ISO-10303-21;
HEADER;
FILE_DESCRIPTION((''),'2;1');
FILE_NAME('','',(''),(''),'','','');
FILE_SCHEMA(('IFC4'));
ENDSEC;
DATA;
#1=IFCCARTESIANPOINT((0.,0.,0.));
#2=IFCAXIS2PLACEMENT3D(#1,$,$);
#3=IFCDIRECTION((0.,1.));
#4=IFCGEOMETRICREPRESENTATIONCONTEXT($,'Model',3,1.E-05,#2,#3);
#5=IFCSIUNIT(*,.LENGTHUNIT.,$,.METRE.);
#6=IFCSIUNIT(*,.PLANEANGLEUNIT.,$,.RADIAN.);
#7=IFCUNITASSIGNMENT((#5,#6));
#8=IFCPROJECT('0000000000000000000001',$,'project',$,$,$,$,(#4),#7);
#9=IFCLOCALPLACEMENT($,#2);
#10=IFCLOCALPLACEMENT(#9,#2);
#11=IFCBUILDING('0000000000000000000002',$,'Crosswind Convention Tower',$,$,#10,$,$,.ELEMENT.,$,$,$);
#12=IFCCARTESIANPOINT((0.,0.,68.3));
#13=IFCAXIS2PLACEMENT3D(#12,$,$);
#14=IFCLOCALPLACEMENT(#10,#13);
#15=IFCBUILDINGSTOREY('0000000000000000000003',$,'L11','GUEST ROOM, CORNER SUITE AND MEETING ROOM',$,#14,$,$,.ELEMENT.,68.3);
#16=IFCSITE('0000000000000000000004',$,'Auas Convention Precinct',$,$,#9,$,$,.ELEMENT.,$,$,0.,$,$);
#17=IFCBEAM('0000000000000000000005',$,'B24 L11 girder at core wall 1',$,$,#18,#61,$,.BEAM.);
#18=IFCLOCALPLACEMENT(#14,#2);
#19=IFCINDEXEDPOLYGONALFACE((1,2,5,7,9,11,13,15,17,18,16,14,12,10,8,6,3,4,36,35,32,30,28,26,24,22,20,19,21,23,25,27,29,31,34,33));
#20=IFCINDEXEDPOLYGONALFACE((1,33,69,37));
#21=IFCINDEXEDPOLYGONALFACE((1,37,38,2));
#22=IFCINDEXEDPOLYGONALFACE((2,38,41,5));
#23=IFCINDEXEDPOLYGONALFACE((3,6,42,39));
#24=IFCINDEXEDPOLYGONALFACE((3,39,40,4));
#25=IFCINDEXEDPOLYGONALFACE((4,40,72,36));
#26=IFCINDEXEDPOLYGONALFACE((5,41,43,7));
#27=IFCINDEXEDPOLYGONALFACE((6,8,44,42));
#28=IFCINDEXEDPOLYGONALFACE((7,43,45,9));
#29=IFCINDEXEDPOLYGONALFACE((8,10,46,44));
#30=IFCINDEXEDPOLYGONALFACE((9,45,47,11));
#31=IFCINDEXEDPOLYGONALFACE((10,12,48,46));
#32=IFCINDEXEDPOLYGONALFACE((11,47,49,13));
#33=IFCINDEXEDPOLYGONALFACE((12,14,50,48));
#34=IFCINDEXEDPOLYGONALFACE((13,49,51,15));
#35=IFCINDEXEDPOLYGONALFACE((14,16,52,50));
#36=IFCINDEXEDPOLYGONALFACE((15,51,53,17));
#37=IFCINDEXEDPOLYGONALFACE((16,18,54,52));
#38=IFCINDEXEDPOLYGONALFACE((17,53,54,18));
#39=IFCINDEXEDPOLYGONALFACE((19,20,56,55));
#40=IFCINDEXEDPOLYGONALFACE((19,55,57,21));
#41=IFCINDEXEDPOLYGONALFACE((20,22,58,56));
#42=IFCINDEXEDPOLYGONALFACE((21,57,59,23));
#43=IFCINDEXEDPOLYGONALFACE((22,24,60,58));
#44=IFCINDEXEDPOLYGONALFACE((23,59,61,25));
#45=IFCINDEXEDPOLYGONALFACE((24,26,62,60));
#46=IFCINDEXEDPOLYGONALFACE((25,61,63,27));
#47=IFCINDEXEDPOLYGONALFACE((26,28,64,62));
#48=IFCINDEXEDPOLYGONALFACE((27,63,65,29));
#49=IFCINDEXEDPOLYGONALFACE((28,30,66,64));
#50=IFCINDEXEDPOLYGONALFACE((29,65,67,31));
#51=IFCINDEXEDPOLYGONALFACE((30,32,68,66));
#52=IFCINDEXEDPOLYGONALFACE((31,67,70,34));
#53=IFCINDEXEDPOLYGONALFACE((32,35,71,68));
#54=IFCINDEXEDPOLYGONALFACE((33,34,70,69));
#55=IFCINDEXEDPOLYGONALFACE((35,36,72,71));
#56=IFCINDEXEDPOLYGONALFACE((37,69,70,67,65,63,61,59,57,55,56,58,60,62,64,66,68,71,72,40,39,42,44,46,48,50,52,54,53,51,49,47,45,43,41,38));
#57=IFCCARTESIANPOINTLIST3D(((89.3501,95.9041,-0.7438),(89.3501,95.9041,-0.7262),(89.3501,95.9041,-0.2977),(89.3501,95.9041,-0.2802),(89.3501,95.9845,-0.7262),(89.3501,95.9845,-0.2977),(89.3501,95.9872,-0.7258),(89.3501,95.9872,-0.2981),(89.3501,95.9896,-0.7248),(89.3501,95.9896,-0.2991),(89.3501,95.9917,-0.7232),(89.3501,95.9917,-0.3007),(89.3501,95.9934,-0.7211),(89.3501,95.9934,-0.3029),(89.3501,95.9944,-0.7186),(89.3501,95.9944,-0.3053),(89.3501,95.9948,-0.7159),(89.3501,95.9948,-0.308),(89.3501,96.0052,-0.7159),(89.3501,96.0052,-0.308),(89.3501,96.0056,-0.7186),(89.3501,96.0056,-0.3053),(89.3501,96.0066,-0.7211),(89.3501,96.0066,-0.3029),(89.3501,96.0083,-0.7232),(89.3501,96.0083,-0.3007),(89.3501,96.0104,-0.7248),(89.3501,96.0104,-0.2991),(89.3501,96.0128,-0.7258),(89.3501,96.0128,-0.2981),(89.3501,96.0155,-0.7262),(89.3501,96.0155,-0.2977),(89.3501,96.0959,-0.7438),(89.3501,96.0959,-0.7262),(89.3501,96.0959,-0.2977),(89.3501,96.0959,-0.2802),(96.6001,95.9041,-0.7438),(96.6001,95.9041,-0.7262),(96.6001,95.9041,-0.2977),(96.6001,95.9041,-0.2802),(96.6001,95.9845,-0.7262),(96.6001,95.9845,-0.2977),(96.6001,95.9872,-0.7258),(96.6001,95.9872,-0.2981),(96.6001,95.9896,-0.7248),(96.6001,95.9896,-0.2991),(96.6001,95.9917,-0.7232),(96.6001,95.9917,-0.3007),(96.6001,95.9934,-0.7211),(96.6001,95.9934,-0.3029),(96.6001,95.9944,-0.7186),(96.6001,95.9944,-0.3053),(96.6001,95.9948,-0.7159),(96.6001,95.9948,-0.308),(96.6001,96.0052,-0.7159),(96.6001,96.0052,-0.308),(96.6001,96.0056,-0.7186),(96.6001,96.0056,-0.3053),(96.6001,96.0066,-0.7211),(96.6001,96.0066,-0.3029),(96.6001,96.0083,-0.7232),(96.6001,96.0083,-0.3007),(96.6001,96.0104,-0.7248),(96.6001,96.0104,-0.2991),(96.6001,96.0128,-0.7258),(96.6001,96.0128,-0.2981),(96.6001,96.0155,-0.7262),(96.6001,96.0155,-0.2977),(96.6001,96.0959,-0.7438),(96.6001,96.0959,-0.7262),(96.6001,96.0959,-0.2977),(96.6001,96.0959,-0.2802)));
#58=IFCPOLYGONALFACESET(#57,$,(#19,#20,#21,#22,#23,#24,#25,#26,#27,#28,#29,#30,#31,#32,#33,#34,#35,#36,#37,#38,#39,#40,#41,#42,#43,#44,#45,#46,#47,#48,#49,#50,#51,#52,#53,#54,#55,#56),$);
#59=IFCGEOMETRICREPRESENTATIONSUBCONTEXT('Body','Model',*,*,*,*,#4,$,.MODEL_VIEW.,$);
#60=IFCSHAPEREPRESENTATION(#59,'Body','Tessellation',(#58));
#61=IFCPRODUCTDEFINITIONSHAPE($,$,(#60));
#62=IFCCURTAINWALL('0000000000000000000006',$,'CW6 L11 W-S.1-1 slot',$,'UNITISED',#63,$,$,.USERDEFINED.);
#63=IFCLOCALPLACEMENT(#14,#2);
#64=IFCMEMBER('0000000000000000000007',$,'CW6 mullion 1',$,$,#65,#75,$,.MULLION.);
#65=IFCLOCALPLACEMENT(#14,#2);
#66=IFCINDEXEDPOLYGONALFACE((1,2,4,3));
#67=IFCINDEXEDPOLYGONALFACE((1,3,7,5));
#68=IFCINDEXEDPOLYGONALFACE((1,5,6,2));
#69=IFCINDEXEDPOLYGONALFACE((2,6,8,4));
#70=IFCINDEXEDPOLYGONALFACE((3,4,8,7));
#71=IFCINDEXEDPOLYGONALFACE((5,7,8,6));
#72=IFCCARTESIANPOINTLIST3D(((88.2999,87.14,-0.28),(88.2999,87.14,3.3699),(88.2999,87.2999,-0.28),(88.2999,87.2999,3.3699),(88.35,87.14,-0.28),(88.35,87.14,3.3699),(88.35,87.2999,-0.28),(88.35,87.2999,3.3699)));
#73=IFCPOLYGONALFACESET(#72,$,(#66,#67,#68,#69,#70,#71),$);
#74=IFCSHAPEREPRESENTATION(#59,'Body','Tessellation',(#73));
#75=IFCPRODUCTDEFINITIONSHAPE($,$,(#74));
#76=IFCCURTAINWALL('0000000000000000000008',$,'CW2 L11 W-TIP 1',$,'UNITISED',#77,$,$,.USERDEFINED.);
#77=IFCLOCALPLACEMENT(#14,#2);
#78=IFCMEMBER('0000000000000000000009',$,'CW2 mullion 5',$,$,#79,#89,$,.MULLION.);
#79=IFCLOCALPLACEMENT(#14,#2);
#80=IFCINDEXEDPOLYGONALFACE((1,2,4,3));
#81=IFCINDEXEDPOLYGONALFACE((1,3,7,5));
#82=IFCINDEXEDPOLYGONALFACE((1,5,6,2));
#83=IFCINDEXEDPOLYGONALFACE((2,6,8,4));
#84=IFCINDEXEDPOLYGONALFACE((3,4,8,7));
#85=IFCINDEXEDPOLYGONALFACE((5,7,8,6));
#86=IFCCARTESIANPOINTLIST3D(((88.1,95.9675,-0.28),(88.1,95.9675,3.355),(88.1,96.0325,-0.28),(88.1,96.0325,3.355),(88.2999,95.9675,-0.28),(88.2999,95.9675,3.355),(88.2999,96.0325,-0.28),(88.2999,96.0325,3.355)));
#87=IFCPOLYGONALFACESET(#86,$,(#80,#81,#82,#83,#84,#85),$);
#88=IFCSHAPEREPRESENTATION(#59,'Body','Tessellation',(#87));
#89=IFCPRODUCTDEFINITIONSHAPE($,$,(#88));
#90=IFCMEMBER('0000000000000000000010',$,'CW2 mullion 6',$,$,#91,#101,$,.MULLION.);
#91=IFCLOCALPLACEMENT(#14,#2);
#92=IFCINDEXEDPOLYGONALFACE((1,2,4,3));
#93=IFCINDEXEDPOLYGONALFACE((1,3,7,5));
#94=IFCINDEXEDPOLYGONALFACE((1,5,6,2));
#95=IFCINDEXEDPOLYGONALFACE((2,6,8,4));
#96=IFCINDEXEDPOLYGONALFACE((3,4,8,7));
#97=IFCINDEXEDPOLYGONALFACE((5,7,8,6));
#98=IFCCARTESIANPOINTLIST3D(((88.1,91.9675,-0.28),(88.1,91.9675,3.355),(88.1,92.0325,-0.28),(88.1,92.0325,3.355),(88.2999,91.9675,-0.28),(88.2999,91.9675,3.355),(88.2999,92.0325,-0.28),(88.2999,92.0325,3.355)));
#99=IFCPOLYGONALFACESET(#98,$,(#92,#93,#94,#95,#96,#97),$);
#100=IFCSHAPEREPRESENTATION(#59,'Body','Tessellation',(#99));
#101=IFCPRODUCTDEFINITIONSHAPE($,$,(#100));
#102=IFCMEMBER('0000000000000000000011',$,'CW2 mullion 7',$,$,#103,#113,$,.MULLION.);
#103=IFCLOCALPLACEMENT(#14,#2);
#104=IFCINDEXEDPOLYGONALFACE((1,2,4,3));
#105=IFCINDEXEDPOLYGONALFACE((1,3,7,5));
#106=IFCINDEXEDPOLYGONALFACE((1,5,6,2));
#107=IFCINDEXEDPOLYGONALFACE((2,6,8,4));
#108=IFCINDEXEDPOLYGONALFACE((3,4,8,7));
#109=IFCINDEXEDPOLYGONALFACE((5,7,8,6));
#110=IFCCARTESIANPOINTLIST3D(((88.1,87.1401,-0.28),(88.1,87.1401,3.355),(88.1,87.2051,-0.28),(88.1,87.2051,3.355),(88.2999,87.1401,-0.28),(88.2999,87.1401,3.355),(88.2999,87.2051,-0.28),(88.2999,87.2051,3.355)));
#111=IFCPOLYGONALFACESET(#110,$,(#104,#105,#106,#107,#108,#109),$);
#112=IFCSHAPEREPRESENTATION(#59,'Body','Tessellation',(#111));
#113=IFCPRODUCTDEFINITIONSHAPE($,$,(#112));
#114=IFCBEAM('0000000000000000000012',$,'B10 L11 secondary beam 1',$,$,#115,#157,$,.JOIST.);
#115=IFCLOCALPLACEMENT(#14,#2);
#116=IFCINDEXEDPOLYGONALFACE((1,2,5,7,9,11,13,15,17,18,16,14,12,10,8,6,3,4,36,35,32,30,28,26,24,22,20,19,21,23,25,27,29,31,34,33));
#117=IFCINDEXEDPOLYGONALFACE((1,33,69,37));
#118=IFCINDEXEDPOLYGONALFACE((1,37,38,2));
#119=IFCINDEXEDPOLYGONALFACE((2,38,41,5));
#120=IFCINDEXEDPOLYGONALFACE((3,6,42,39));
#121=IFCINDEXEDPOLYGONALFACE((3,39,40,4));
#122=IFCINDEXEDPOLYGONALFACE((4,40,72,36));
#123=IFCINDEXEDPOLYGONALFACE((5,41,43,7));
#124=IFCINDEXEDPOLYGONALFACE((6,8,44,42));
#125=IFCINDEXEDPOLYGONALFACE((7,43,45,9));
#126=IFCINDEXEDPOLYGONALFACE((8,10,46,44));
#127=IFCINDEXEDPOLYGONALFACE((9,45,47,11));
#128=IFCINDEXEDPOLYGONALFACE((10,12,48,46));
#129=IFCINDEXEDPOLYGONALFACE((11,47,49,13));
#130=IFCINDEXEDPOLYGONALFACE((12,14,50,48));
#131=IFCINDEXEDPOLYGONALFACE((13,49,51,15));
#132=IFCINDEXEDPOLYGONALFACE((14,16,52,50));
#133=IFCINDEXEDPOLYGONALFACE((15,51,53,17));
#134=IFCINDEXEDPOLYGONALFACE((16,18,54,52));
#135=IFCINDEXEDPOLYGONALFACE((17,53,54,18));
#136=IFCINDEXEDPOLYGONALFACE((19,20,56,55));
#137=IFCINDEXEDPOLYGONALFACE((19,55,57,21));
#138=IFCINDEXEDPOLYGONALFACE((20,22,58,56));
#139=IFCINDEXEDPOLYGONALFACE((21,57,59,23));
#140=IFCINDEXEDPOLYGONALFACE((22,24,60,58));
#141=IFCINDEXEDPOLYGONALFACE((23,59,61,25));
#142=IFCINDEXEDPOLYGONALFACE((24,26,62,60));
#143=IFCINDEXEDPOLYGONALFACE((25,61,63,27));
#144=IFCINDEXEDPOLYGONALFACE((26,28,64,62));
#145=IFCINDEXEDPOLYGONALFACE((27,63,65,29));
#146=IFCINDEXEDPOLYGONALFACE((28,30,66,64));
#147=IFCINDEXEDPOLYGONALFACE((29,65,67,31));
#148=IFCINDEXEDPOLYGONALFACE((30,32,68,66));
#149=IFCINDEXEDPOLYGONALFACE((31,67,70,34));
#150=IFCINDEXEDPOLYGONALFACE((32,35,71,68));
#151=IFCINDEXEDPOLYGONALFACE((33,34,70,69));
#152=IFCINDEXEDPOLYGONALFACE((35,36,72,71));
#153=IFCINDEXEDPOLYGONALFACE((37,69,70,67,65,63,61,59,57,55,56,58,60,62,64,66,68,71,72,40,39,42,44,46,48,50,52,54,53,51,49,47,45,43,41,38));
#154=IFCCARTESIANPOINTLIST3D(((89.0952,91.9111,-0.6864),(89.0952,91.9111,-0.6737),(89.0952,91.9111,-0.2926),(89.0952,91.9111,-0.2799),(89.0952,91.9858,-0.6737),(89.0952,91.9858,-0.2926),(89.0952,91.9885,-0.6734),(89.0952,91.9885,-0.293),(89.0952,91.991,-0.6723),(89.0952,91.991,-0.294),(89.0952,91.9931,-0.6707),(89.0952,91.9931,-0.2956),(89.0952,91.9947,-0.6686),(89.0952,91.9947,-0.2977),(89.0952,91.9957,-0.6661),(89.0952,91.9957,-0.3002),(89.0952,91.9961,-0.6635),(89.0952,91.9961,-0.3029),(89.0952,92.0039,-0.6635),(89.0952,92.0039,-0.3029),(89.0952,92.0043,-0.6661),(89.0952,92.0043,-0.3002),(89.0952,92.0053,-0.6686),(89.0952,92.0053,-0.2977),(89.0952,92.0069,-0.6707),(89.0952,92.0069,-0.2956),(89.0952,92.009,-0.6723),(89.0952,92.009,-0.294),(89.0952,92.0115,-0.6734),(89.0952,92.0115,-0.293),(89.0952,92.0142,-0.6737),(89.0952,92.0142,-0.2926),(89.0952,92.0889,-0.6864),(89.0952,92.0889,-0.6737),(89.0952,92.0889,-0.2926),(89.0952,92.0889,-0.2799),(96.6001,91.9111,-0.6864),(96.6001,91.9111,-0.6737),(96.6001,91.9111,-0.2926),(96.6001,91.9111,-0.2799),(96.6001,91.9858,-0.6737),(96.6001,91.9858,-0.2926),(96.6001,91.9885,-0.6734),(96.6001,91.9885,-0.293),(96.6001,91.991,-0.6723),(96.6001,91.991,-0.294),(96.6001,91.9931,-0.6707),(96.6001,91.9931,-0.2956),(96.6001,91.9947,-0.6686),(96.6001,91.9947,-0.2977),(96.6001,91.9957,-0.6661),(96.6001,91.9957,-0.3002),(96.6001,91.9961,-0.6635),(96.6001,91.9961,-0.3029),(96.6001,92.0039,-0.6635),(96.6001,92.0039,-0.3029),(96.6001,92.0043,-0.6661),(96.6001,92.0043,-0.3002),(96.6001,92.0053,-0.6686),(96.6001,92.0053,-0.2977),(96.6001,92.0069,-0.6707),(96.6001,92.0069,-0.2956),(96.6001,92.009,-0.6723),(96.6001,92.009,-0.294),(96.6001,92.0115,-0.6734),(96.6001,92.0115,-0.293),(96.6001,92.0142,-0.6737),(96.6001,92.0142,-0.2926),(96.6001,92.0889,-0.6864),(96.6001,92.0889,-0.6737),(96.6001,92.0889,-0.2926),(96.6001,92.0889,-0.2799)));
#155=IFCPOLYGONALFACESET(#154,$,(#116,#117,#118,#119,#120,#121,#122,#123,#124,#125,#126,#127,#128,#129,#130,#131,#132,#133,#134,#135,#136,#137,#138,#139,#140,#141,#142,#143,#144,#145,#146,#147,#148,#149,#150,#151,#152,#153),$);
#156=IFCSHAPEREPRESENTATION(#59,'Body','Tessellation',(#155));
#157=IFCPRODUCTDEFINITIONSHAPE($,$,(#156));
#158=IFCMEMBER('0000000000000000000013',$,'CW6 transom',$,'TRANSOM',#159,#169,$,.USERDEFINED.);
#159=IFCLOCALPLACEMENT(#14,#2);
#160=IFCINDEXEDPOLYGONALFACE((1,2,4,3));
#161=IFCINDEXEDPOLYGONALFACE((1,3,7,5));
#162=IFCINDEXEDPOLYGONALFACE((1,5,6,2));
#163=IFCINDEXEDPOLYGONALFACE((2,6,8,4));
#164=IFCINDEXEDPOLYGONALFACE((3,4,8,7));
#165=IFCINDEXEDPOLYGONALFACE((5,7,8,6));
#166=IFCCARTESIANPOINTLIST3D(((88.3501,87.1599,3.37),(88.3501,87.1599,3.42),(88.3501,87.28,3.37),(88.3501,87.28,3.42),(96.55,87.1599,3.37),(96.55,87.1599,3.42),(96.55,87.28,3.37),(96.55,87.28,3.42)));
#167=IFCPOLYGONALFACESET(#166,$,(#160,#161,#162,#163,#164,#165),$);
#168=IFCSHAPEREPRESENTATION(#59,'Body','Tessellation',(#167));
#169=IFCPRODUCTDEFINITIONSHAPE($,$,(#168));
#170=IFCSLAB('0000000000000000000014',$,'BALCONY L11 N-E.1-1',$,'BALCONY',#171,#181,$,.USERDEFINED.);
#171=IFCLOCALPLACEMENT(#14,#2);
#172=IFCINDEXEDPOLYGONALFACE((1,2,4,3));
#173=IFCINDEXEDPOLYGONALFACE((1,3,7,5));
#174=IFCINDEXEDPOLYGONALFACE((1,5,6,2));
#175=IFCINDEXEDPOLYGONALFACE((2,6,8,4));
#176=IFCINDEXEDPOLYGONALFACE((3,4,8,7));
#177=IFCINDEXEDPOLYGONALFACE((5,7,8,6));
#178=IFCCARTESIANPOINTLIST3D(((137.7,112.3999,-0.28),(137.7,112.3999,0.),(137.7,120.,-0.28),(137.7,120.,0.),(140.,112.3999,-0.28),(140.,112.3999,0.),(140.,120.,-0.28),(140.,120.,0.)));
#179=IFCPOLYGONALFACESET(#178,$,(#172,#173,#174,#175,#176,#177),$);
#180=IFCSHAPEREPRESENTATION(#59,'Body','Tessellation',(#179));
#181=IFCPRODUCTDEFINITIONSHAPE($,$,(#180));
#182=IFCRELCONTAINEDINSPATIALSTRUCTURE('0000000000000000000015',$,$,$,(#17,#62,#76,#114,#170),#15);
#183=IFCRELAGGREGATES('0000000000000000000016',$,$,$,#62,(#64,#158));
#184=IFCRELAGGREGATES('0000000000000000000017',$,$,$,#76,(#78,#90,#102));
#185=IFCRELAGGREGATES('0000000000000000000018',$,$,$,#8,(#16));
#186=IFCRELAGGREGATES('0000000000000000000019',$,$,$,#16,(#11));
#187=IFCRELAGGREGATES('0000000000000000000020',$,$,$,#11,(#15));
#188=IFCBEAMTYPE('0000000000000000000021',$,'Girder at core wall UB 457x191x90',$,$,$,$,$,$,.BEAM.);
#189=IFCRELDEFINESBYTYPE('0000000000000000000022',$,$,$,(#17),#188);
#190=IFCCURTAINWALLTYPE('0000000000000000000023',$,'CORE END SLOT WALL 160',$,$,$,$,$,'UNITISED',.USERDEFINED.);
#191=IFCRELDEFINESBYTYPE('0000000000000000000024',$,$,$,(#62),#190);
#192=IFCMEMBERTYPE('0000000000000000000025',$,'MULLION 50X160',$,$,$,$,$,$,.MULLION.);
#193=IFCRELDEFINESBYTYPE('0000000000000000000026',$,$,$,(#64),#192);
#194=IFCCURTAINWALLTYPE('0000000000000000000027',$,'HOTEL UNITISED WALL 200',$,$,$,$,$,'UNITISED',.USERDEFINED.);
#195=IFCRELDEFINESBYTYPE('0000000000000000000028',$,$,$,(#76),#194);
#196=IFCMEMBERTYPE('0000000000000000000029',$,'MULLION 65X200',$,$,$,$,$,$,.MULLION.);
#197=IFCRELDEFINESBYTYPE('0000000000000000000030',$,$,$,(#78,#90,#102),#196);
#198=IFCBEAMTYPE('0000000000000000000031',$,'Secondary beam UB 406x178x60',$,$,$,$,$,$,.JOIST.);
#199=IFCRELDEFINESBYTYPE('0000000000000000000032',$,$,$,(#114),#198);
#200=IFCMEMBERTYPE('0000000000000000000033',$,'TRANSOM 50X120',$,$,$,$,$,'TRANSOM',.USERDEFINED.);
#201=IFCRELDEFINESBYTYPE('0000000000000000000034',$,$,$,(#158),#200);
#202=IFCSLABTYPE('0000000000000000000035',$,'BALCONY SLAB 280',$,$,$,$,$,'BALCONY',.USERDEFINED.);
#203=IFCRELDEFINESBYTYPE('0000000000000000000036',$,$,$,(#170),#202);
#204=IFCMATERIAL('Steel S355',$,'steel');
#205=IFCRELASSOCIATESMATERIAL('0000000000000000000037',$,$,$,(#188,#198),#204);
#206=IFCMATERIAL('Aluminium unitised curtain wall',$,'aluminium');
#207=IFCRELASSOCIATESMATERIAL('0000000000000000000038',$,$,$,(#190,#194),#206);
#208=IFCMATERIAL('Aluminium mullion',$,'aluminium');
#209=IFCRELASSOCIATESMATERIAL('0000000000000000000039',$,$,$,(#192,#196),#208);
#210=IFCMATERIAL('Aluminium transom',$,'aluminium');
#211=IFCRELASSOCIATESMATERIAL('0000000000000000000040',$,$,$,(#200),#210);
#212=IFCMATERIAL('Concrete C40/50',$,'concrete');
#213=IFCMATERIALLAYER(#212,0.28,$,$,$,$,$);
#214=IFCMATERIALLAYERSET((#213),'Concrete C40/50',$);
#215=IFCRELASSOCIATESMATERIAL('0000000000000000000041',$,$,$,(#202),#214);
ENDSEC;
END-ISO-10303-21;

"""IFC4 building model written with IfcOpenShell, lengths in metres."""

from ifc_helpers import new_model, si_unit, direction, frame, origin, origin_2d, place, context, subcontext, project, spatial, polyline, rectangle, i_section, outline, extrude, material, layer, layer_set, material_profile, profile_set, type_object, element, aggregate, save


model = new_model("IFC4")

# Units and contexts
model_context = context("Model", 3, precision=1e-05, world=origin(), true_north=direction((0.0, 1.0)))
body_context = subcontext(model_context, "Body", "Model", "MODEL_VIEW")
ifc_project = project(units=[si_unit("LENGTHUNIT", "METRE"), si_unit("PLANEANGLEUNIT", "RADIAN")], contexts=[model_context])

# Site, building, storey
site_placement = place(None, origin())
site = spatial("IfcSite", under=ifc_project, at=site_placement, Name="Auas Convention Precinct", CompositionType="ELEMENT", RefElevation=0.0)
building_placement = place(site_placement, origin())
building = spatial("IfcBuilding", under=site, at=building_placement, Name="Crosswind Convention Tower", CompositionType="ELEMENT")
storey_placement = place(building_placement, frame((0.0, 0.0, 68.3)))
storey = spatial("IfcBuildingStorey", under=building, at=storey_placement, Name="L11", Description="GUEST ROOM, CORNER SUITE AND MEETING ROOM", CompositionType="ELEMENT", Elevation=68.3)

# Beam
ifc_material_1 = material(Name="Steel S355", Category="steel")
ifc_material_profile_1 = material_profile(ifc_material_1, i_section(OverallWidth=0.1919, OverallDepth=0.4636, WebThickness=0.0105, FlangeThickness=0.0176, FilletRadius=0.0103, at=origin_2d()), Name="UB 457x191x90")
ifc_profile_set_1 = profile_set([ifc_material_profile_1], Name="Steel S355")
beam_type_1 = type_object("IfcBeamType", Name="Girder at core wall UB 457x191x90", PredefinedType="BEAM", material=ifc_profile_set_1)
beam_1_placement = place(storey_placement, frame((89.3501, 96.0, -0.512), z_axis=(1.0, 0.0, 0.0), x_axis=(0.0, 1.0, 0.0)))
element("IfcBeam", 1, at=beam_1_placement, inside=storey, type_object=beam_type_1, Name="B24 L11 girder at core wall 1", PredefinedType="BEAM", context=body_context, shape_type="SweptSolid", body=[
    extrude(i_section(OverallWidth=0.1919, OverallDepth=0.4636, WebThickness=0.0105, FlangeThickness=0.0176, FilletRadius=0.0103, at=origin_2d()), origin(), (0.0, 0.0, 1.0), 7.25),
])

# Curtain wall, member
ifc_material_2 = material(Name="Aluminium unitised curtain wall", Category="aluminium")
curtain_wall_type_1 = type_object("IfcCurtainWallType", Name="CORE END SLOT WALL 160", ElementType="UNITISED", PredefinedType="USERDEFINED", material=ifc_material_2)
curtain_wall_1_placement = place(storey_placement, origin())
curtain_wall_1 = element("IfcCurtainWall", 2, at=curtain_wall_1_placement, inside=storey, type_object=curtain_wall_type_1, Name="CW6 L11 W-S.1-1 slot", ObjectType="UNITISED", PredefinedType="USERDEFINED")
ifc_material_3 = material(Name="Aluminium mullion", Category="aluminium")
ifc_material_profile_2 = material_profile(ifc_material_3, rectangle(XDim=0.1599, YDim=0.05, at=origin_2d()), Name="AL 160X50")
ifc_profile_set_2 = profile_set([ifc_material_profile_2], Name="Aluminium mullion")
member_type_1 = type_object("IfcMemberType", Name="MULLION 50X160", PredefinedType="MULLION", material=ifc_profile_set_2)
member_1_placement = place(storey_placement, frame((88.325, 87.22, -0.28), z_axis=(0.0, 0.0, 1.0), x_axis=(0.0, -1.0, 0.0)))
member_1 = element("IfcMember", 3, at=member_1_placement, type_object=member_type_1, Name="CW6 mullion 1", PredefinedType="MULLION", context=body_context, shape_type="SweptSolid", body=[
    extrude(rectangle(XDim=0.1599, YDim=0.05, at=origin_2d()), origin(), (0.0, 0.0, 1.0), 3.6499),
])

# Curtain wall, members
curtain_wall_type_2 = type_object("IfcCurtainWallType", Name="HOTEL UNITISED WALL 200", ElementType="UNITISED", PredefinedType="USERDEFINED", material=ifc_material_2)
curtain_wall_2_placement = place(storey_placement, origin())
curtain_wall_2 = element("IfcCurtainWall", 4, at=curtain_wall_2_placement, inside=storey, type_object=curtain_wall_type_2, Name="CW2 L11 W-TIP 1", ObjectType="UNITISED", PredefinedType="USERDEFINED")
ifc_material_profile_3 = material_profile(ifc_material_3, rectangle(XDim=0.2, YDim=0.0649, at=origin_2d()), Name="AL 200X65")
ifc_profile_set_3 = profile_set([ifc_material_profile_3], Name="Aluminium mullion")
member_type_2 = type_object("IfcMemberType", Name="MULLION 65X200", PredefinedType="MULLION", material=ifc_profile_set_3)
member_2_placement = place(storey_placement, frame((88.2, 96.0, -0.28), z_axis=(0.0, 0.0, 1.0), x_axis=(-1.0, 0.0, 0.0)))
member_2 = element("IfcMember", 5, at=member_2_placement, type_object=member_type_2, Name="CW2 mullion 5", PredefinedType="MULLION", context=body_context, shape_type="SweptSolid", body=[
    extrude(rectangle(XDim=0.2, YDim=0.0649, at=origin_2d()), origin(), (0.0, 0.0, 1.0), 3.635),
])
member_3_placement = place(storey_placement, frame((88.2, 92.0, -0.28), z_axis=(0.0, 0.0, 1.0), x_axis=(-1.0, 0.0, 0.0)))
member_3 = element("IfcMember", 6, at=member_3_placement, type_object=member_type_2, Name="CW2 mullion 6", PredefinedType="MULLION", context=body_context, shape_type="SweptSolid", body=[
    extrude(rectangle(XDim=0.2, YDim=0.0649, at=origin_2d()), origin(), (0.0, 0.0, 1.0), 3.635),
])
member_4_placement = place(storey_placement, frame((88.2, 87.1726, -0.28), z_axis=(0.0, 0.0, 1.0), x_axis=(-1.0, 0.0, 0.0)))
member_4 = element("IfcMember", 7, at=member_4_placement, type_object=member_type_2, Name="CW2 mullion 7", PredefinedType="MULLION", context=body_context, shape_type="SweptSolid", body=[
    extrude(rectangle(XDim=0.2, YDim=0.0649, at=origin_2d()), origin(), (0.0, 0.0, 1.0), 3.635),
])

# Beam
ifc_material_profile_4 = material_profile(ifc_material_1, i_section(OverallWidth=0.1777, OverallDepth=0.4065, WebThickness=0.0078, FlangeThickness=0.0127, FilletRadius=0.0103, at=origin_2d()), Name="UB 406x178x60")
ifc_profile_set_4 = profile_set([ifc_material_profile_4], Name="Steel S355")
beam_type_2 = type_object("IfcBeamType", Name="Secondary beam UB 406x178x60", PredefinedType="JOIST", material=ifc_profile_set_4)
beam_2_placement = place(storey_placement, frame((89.0952, 92.0, -0.4832), z_axis=(1.0, 0.0, 0.0), x_axis=(0.0, 1.0, 0.0)))
element("IfcBeam", 8, at=beam_2_placement, inside=storey, type_object=beam_type_2, Name="B10 L11 secondary beam 1", PredefinedType="JOIST", context=body_context, shape_type="SweptSolid", body=[
    extrude(i_section(OverallWidth=0.1777, OverallDepth=0.4065, WebThickness=0.0078, FlangeThickness=0.0127, FilletRadius=0.0103, at=origin_2d()), origin(), (0.0, 0.0, 1.0), 7.5049),
])

# Member
ifc_material_4 = material(Name="Aluminium transom", Category="aluminium")
ifc_material_profile_5 = material_profile(ifc_material_4, rectangle(XDim=0.1201, YDim=0.05, at=origin_2d()), Name="AL 120X50")
ifc_profile_set_5 = profile_set([ifc_material_profile_5], Name="Aluminium transom")
member_type_3 = type_object("IfcMemberType", Name="TRANSOM 50X120", ElementType="TRANSOM", PredefinedType="USERDEFINED", material=ifc_profile_set_5)
member_5_placement = place(storey_placement, frame((88.3501, 87.22, 3.395), z_axis=(1.0, 0.0, 0.0), x_axis=(0.0, 1.0, 0.0)))
member_5 = element("IfcMember", 9, at=member_5_placement, type_object=member_type_3, Name="CW6 transom", ObjectType="TRANSOM", PredefinedType="USERDEFINED", context=body_context, shape_type="SweptSolid", body=[
    extrude(rectangle(XDim=0.1201, YDim=0.05, at=origin_2d()), origin(), (0.0, 0.0, 1.0), 8.2),
])

# Slab
ifc_material_5 = material(Name="Concrete C40/50", Category="concrete")
ifc_layer_1 = layer(ifc_material_5, 0.28)
ifc_layer_set_1 = layer_set([ifc_layer_1], Name="Concrete C40/50")
slab_type_1 = type_object("IfcSlabType", Name="BALCONY SLAB 280", ElementType="BALCONY", PredefinedType="USERDEFINED", material=ifc_layer_set_1)
slab_1_placement = place(storey_placement, frame((0.0, 0.0, -0.28)))
element("IfcSlab", 10, at=slab_1_placement, inside=storey, type_object=slab_type_1, Name="BALCONY L11 N-E.1-1", ObjectType="BALCONY", PredefinedType="USERDEFINED", context=body_context, shape_type="SweptSolid", body=[
    extrude(outline(polyline([(137.7, 112.3999), (137.7, 120.0), (140.0, 120.0), (140.0, 112.3999), (137.7, 112.3999)])), origin(), (0.0, 0.0, 1.0), 0.28),
])

aggregate(curtain_wall_1, [member_1, member_5])
aggregate(curtain_wall_2, [member_2, member_3, member_4])

save(model, "model.ifc")
